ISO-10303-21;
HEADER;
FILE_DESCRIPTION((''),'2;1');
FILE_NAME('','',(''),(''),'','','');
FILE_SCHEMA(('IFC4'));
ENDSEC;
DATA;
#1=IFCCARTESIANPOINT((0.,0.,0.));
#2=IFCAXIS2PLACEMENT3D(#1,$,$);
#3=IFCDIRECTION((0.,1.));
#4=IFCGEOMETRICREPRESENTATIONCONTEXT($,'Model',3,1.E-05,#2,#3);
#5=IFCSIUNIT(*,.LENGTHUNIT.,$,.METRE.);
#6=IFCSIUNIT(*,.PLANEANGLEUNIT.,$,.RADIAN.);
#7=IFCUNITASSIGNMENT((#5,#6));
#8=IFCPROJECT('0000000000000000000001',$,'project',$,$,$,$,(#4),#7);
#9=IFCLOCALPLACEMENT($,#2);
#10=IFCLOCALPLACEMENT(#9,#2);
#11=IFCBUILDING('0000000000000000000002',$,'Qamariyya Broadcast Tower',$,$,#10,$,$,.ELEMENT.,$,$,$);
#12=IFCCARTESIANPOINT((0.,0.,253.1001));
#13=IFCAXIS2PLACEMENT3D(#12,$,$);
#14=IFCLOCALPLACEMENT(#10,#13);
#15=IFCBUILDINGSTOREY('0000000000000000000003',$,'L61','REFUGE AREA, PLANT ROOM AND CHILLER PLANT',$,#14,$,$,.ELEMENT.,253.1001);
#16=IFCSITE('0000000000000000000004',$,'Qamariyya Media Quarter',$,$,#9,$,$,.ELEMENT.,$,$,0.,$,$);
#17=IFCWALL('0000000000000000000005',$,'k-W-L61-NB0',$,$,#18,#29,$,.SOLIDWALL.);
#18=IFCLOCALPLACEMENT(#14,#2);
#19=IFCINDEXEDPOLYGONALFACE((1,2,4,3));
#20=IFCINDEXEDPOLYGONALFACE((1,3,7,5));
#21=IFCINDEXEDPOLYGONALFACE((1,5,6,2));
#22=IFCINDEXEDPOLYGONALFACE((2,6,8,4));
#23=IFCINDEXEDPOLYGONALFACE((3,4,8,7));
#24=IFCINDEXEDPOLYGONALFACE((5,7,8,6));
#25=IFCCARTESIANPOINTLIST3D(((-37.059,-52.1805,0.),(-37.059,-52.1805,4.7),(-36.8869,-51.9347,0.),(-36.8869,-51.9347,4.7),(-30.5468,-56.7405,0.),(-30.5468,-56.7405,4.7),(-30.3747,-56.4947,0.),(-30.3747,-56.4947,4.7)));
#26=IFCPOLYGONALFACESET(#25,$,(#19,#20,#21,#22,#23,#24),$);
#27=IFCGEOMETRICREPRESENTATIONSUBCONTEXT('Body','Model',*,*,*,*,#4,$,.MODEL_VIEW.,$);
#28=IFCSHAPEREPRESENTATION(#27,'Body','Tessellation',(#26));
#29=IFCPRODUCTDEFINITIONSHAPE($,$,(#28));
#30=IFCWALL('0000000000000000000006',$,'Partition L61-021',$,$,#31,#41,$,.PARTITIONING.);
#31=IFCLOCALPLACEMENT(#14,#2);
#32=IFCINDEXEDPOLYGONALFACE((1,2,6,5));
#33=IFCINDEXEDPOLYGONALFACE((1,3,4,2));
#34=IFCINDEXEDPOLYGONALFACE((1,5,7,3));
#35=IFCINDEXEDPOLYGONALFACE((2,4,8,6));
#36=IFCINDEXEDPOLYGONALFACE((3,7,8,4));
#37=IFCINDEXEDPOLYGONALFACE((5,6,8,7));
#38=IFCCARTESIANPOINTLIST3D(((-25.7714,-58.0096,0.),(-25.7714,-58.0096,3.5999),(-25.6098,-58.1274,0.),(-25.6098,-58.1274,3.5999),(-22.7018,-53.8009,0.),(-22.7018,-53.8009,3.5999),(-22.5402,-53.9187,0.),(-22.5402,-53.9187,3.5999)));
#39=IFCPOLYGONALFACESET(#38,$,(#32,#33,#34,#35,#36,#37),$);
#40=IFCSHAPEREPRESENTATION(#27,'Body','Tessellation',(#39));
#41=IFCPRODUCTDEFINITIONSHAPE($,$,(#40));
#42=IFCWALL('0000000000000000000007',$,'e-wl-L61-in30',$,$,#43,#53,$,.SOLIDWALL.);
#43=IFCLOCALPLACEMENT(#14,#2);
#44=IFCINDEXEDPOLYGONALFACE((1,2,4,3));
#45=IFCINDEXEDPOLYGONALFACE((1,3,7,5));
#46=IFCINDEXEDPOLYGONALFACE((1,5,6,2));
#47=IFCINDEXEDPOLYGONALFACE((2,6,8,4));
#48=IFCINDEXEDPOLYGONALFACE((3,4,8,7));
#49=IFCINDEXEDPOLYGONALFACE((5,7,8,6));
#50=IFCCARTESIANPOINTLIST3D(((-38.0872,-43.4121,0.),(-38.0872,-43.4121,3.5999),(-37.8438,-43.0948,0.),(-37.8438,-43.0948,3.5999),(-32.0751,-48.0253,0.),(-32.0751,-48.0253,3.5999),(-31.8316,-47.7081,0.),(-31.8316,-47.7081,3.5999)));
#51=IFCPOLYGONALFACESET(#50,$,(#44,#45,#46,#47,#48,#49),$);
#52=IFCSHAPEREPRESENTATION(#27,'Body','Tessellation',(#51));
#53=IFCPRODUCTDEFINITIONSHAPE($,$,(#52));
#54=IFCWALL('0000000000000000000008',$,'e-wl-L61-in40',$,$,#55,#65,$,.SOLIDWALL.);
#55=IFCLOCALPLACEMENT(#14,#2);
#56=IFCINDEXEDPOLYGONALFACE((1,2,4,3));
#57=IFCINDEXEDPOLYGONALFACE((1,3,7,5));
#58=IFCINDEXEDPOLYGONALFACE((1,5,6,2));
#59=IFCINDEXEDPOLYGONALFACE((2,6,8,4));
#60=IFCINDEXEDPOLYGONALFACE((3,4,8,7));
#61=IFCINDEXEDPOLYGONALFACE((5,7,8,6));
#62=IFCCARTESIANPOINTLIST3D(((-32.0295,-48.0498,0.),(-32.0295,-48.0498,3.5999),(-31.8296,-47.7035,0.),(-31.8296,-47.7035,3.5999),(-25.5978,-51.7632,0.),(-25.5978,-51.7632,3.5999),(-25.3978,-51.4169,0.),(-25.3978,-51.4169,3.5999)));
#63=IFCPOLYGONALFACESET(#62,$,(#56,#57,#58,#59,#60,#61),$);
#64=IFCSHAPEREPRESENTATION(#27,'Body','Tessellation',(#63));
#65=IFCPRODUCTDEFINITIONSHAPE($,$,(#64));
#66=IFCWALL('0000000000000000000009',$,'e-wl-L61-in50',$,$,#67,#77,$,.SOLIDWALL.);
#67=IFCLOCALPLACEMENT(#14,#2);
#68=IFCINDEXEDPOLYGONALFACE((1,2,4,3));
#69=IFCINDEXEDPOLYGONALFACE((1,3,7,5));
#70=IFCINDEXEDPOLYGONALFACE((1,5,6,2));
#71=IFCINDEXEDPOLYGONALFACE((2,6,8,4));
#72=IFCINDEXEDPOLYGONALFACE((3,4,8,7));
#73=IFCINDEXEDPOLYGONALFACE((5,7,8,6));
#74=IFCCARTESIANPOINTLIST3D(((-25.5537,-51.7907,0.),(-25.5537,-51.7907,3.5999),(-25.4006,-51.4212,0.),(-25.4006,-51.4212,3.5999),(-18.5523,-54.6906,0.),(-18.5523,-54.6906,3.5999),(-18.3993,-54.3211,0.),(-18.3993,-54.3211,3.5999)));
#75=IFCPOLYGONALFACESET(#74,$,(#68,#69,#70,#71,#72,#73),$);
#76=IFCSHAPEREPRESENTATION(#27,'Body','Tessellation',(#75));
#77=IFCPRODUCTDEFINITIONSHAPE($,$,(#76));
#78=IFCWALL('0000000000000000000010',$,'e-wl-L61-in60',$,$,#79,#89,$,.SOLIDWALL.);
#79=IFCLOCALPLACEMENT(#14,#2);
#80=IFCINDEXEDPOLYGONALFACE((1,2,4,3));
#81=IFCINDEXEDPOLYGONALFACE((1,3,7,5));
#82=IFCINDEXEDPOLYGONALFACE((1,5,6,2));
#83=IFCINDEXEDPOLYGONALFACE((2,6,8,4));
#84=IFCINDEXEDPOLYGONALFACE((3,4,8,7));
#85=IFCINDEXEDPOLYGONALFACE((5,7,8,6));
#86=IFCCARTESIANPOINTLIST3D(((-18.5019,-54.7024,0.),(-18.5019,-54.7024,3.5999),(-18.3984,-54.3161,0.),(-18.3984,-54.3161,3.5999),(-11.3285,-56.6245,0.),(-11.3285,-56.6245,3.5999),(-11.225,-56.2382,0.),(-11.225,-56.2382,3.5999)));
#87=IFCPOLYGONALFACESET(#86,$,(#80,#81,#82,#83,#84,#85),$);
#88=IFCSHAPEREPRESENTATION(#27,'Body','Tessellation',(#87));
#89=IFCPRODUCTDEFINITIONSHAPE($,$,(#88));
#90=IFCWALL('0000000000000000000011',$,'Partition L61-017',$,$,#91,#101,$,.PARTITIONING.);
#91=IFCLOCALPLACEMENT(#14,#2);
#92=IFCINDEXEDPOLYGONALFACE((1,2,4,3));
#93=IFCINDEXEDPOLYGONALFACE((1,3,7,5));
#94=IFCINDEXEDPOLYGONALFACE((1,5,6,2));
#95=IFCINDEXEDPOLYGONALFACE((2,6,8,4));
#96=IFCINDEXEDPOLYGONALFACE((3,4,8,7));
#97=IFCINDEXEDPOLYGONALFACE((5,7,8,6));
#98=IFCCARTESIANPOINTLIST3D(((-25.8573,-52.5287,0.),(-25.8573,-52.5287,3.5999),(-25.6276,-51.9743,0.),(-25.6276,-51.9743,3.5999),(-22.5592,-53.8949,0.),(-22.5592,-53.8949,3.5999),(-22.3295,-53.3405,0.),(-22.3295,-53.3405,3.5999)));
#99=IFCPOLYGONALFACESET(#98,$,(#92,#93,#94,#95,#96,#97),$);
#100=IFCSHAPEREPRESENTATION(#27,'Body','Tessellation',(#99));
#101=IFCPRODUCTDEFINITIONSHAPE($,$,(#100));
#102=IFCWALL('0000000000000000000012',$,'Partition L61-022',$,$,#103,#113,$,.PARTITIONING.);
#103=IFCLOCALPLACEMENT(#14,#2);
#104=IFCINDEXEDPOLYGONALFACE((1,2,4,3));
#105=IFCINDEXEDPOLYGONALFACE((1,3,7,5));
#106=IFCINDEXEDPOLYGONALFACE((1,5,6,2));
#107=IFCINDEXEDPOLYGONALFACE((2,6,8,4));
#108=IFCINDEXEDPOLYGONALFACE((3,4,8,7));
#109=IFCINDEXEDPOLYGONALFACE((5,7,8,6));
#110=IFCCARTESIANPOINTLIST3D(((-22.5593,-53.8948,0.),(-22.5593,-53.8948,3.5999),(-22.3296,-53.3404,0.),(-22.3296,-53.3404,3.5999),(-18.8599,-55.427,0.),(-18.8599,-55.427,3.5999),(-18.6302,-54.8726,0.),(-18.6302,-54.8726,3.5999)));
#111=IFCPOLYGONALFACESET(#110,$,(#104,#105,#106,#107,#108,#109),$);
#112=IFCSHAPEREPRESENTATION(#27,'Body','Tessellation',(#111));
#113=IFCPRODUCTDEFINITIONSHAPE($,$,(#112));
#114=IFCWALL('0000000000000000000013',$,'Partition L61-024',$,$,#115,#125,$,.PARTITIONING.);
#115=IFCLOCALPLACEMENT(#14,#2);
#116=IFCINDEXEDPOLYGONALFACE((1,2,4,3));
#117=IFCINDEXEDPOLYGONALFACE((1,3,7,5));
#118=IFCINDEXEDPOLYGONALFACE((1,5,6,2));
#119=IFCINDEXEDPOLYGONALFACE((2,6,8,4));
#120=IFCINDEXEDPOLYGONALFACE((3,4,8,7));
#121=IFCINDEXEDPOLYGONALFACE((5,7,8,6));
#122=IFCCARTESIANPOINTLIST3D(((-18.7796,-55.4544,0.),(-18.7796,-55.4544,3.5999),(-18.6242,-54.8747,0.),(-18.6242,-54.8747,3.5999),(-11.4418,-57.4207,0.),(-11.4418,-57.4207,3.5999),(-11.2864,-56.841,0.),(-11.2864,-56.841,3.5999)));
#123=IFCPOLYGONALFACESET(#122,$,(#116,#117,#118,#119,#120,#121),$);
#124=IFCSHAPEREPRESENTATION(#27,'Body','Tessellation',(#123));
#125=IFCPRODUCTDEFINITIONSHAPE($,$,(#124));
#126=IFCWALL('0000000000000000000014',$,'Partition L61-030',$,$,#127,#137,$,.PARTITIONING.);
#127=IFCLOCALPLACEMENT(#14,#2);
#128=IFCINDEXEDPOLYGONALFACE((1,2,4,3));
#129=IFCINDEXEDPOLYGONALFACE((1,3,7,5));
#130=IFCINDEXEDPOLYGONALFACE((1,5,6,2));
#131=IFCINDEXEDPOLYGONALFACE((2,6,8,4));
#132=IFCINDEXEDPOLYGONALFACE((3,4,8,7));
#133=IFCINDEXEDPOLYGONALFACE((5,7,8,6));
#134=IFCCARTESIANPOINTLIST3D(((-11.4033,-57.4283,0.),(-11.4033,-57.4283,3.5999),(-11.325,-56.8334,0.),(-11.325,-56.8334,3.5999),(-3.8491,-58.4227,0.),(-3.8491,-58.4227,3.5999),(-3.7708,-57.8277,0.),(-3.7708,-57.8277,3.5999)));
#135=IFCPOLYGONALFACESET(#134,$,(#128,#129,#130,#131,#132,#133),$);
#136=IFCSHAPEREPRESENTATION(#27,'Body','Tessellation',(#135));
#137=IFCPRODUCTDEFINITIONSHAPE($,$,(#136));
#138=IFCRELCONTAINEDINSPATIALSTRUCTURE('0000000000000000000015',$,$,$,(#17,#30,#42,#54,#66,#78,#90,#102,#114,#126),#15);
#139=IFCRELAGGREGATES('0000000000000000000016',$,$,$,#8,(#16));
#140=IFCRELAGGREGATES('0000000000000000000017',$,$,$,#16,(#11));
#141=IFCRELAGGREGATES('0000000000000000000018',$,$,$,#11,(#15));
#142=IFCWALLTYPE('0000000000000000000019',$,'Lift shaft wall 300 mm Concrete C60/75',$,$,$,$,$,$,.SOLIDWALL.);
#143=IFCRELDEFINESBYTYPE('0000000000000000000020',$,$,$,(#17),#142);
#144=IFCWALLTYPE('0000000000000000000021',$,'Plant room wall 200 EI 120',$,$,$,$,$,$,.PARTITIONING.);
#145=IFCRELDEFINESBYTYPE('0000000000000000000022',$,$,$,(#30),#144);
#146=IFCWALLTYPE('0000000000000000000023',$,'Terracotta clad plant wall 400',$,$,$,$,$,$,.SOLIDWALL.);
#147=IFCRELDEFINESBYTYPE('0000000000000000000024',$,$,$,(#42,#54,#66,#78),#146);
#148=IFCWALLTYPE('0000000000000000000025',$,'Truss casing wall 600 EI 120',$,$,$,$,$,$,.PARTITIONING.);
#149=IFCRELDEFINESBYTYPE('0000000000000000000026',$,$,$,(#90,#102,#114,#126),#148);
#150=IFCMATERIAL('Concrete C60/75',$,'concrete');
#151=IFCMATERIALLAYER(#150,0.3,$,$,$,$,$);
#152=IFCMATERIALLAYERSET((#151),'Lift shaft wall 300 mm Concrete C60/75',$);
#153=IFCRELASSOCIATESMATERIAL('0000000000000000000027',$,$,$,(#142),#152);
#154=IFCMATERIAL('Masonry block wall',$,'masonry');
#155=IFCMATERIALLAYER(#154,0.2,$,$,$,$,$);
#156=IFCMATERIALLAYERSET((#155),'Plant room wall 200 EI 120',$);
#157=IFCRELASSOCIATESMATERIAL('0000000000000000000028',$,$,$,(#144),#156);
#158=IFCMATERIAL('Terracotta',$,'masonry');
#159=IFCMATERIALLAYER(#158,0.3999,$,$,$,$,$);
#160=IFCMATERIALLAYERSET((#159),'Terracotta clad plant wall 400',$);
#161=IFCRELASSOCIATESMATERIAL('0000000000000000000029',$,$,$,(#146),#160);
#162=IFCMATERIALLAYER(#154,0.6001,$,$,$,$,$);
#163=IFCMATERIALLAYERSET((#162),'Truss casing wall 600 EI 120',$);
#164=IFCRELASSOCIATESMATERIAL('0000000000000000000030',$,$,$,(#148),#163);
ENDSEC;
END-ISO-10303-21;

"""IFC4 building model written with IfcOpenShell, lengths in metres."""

from ifc_helpers import new_model, si_unit, direction, frame, frame_2d, origin, place, context, subcontext, project, spatial, rectangle, extrude, material, layer, layer_set, type_object, element, save


model = new_model("IFC4")

# Units and contexts
model_context = context("Model", 3, precision=1e-05, world=origin(), true_north=direction((0.0, 1.0)))
body_context = subcontext(model_context, "Body", "Model", "MODEL_VIEW")
ifc_project = project(units=[si_unit("LENGTHUNIT", "METRE"), si_unit("PLANEANGLEUNIT", "RADIAN")], contexts=[model_context])

# Site, building, storey
site_placement = place(None, origin())
site = spatial("IfcSite", under=ifc_project, at=site_placement, Name="Qamariyya Media Quarter", CompositionType="ELEMENT", RefElevation=0.0)
building_placement = place(site_placement, origin())
building = spatial("IfcBuilding", under=site, at=building_placement, Name="Qamariyya Broadcast Tower", CompositionType="ELEMENT")
storey_placement = place(building_placement, frame((0.0, 0.0, 253.1001)))
storey = spatial("IfcBuildingStorey", under=building, at=storey_placement, Name="L61", Description="REFUGE AREA, PLANT ROOM AND CHILLER PLANT", CompositionType="ELEMENT", Elevation=253.1001)

# Shared definitions
ifc_material_1 = material(Name="Concrete C60/75", Category="concrete")

# Walls
ifc_layer_1 = layer(ifc_material_1, 0.3)
ifc_layer_set_1 = layer_set([ifc_layer_1], Name="Lift shaft wall 300 mm Concrete C60/75")
wall_type_1 = type_object("IfcWallType", Name="Lift shaft wall 300 mm Concrete C60/75", PredefinedType="SOLIDWALL", material=ifc_layer_set_1)
wall_1_placement = place(storey_placement, frame((-30.4607, -56.6177, 0.0), z_axis=(0.0, 0.0, 1.0), x_axis=(-0.819142, 0.57359, 0.0)))
element("IfcWall", 1, at=wall_1_placement, inside=storey, type_object=wall_type_1, Name="k-W-L61-NB0", PredefinedType="SOLIDWALL", context=body_context, shape_type="SweptSolid", body=[
    extrude(rectangle(XDim=7.95, YDim=0.3, at=frame_2d((3.9751, 0.0))), origin(), (0.0, 0.0, 1.0), 4.7),
])
ifc_material_2 = material(Name="Masonry block wall", Category="masonry")
ifc_layer_2 = layer(ifc_material_2, 0.2)
ifc_layer_set_2 = layer_set([ifc_layer_2], Name="Plant room wall 200 EI 120")
wall_type_2 = type_object("IfcWallType", Name="Plant room wall 200 EI 120", PredefinedType="PARTITIONING", material=ifc_layer_set_2)
wall_2_placement = place(storey_placement, frame((-22.6211, -53.8599, 0.0), z_axis=(0.0, 0.0, 1.0), x_axis=(-0.589261, -0.807943, 0.0)))
element("IfcWall", 2, at=wall_2_placement, inside=storey, type_object=wall_type_2, Name="Partition L61-021", PredefinedType="PARTITIONING", context=body_context, shape_type="SweptSolid", body=[
    extrude(rectangle(XDim=5.2092, YDim=0.2, at=frame_2d((2.6045, 0.0))), origin(), (0.0, 0.0, 1.0), 3.5999),
])
ifc_material_3 = material(Name="Terracotta", Category="masonry")
ifc_layer_3 = layer(ifc_material_3, 0.3999)
ifc_layer_set_3 = layer_set([ifc_layer_3], Name="Terracotta clad plant wall 400")
wall_type_3 = type_object("IfcWallType", Name="Terracotta clad plant wall 400", PredefinedType="SOLIDWALL", material=ifc_layer_set_3)
wall_3_placement = place(storey_placement, frame((-31.9534, -47.8667, 0.0), z_axis=(0.0, 0.0, 1.0), x_axis=(-0.793356, 0.608757, 0.0)))
element("IfcWall", 3, at=wall_3_placement, inside=storey, type_object=wall_type_3, Name="e-wl-L61-in30", PredefinedType="SOLIDWALL", context=body_context, shape_type="SweptSolid", body=[
    extrude(rectangle(XDim=7.5781, YDim=0.3999, at=frame_2d((3.7891, 0.0))), origin(), (0.0, 0.0, 1.0), 3.5999),
])
wall_4_placement = place(storey_placement, frame((-25.4978, -51.5901, 0.0), z_axis=(0.0, 0.0, 1.0), x_axis=(-0.866021, 0.500007, 0.0)))
element("IfcWall", 4, at=wall_4_placement, inside=storey, type_object=wall_type_3, Name="e-wl-L61-in40", PredefinedType="SOLIDWALL", context=body_context, shape_type="SweptSolid", body=[
    extrude(rectangle(XDim=7.4268, YDim=0.3999, at=frame_2d((3.7134, 0.0))), origin(), (0.0, 0.0, 1.0), 3.5999),
])
wall_5_placement = place(storey_placement, frame((-18.4758, -54.5059, 0.0), z_axis=(0.0, 0.0, 1.0), x_axis=(-0.923884, 0.382672, 0.0)))
element("IfcWall", 5, at=wall_5_placement, inside=storey, type_object=wall_type_3, Name="e-wl-L61-in50", PredefinedType="SOLIDWALL", context=body_context, shape_type="SweptSolid", body=[
    extrude(rectangle(XDim=7.5781, YDim=0.3999, at=frame_2d((3.7891, 0.0))), origin(), (0.0, 0.0, 1.0), 3.5999),
])
wall_6_placement = place(storey_placement, frame((-11.2766, -56.4314, 0.0), z_axis=(0.0, 0.0, 1.0), x_axis=(-0.965925, 0.258823, 0.0)))
element("IfcWall", 6, at=wall_6_placement, inside=storey, type_object=wall_type_3, Name="e-wl-L61-in60", PredefinedType="SOLIDWALL", context=body_context, shape_type="SweptSolid", body=[
    extrude(rectangle(XDim=7.4265, YDim=0.3999, at=frame_2d((3.7134, 0.0))), origin(), (0.0, 0.0, 1.0), 3.5999),
])
ifc_layer_4 = layer(ifc_material_2, 0.6001)
ifc_layer_set_4 = layer_set([ifc_layer_4], Name="Truss casing wall 600 EI 120")
wall_type_4 = type_object("IfcWallType", Name="Truss casing wall 600 EI 120", PredefinedType="PARTITIONING", material=ifc_layer_set_4)
wall_7_placement = place(storey_placement, frame((-25.7424, -52.2515, 0.0), z_axis=(0.0, 0.0, 1.0), x_axis=(0.92387, -0.382706, 0.0)))
element("IfcWall", 7, at=wall_7_placement, inside=storey, type_object=wall_type_4, Name="Partition L61-017", PredefinedType="PARTITIONING", context=body_context, shape_type="SweptSolid", body=[
    extrude(rectangle(XDim=3.5698, YDim=0.6001, at=frame_2d((1.7849, 0.0))), origin(), (0.0, 0.0, 1.0), 3.5999),
])
wall_8_placement = place(storey_placement, frame((-22.4443, -53.6177, 0.0), z_axis=(0.0, 0.0, 1.0), x_axis=(0.923892, -0.382653, 0.0)))
element("IfcWall", 8, at=wall_8_placement, inside=storey, type_object=wall_type_4, Name="Partition L61-022", PredefinedType="PARTITIONING", context=body_context, shape_type="SweptSolid", body=[
    extrude(rectangle(XDim=4.0042, YDim=0.6001, at=frame_2d((2.002, 0.0))), origin(), (0.0, 0.0, 1.0), 3.5999),
])
wall_9_placement = place(storey_placement, frame((-18.7019, -55.1646, 0.0), z_axis=(0.0, 0.0, 1.0), x_axis=(0.965922, -0.258835, 0.0)))
element("IfcWall", 9, at=wall_9_placement, inside=storey, type_object=wall_type_4, Name="Partition L61-024", PredefinedType="PARTITIONING", context=body_context, shape_type="SweptSolid", body=[
    extrude(rectangle(XDim=7.5967, YDim=0.6001, at=frame_2d((3.7983, 0.0))), origin(), (0.0, 0.0, 1.0), 3.5999),
])
wall_10_placement = place(storey_placement, frame((-11.364, -57.1309, 0.0), z_axis=(0.0, 0.0, 1.0), x_axis=(0.991447, -0.130508, 0.0)))
element("IfcWall", 10, at=wall_10_placement, inside=storey, type_object=wall_type_4, Name="Partition L61-030", PredefinedType="PARTITIONING", context=body_context, shape_type="SweptSolid", body=[
    extrude(rectangle(XDim=7.6194, YDim=0.6001, at=frame_2d((3.8096, 0.0))), origin(), (0.0, 0.0, 1.0), 3.5999),
])

save(model, "model.ifc")
